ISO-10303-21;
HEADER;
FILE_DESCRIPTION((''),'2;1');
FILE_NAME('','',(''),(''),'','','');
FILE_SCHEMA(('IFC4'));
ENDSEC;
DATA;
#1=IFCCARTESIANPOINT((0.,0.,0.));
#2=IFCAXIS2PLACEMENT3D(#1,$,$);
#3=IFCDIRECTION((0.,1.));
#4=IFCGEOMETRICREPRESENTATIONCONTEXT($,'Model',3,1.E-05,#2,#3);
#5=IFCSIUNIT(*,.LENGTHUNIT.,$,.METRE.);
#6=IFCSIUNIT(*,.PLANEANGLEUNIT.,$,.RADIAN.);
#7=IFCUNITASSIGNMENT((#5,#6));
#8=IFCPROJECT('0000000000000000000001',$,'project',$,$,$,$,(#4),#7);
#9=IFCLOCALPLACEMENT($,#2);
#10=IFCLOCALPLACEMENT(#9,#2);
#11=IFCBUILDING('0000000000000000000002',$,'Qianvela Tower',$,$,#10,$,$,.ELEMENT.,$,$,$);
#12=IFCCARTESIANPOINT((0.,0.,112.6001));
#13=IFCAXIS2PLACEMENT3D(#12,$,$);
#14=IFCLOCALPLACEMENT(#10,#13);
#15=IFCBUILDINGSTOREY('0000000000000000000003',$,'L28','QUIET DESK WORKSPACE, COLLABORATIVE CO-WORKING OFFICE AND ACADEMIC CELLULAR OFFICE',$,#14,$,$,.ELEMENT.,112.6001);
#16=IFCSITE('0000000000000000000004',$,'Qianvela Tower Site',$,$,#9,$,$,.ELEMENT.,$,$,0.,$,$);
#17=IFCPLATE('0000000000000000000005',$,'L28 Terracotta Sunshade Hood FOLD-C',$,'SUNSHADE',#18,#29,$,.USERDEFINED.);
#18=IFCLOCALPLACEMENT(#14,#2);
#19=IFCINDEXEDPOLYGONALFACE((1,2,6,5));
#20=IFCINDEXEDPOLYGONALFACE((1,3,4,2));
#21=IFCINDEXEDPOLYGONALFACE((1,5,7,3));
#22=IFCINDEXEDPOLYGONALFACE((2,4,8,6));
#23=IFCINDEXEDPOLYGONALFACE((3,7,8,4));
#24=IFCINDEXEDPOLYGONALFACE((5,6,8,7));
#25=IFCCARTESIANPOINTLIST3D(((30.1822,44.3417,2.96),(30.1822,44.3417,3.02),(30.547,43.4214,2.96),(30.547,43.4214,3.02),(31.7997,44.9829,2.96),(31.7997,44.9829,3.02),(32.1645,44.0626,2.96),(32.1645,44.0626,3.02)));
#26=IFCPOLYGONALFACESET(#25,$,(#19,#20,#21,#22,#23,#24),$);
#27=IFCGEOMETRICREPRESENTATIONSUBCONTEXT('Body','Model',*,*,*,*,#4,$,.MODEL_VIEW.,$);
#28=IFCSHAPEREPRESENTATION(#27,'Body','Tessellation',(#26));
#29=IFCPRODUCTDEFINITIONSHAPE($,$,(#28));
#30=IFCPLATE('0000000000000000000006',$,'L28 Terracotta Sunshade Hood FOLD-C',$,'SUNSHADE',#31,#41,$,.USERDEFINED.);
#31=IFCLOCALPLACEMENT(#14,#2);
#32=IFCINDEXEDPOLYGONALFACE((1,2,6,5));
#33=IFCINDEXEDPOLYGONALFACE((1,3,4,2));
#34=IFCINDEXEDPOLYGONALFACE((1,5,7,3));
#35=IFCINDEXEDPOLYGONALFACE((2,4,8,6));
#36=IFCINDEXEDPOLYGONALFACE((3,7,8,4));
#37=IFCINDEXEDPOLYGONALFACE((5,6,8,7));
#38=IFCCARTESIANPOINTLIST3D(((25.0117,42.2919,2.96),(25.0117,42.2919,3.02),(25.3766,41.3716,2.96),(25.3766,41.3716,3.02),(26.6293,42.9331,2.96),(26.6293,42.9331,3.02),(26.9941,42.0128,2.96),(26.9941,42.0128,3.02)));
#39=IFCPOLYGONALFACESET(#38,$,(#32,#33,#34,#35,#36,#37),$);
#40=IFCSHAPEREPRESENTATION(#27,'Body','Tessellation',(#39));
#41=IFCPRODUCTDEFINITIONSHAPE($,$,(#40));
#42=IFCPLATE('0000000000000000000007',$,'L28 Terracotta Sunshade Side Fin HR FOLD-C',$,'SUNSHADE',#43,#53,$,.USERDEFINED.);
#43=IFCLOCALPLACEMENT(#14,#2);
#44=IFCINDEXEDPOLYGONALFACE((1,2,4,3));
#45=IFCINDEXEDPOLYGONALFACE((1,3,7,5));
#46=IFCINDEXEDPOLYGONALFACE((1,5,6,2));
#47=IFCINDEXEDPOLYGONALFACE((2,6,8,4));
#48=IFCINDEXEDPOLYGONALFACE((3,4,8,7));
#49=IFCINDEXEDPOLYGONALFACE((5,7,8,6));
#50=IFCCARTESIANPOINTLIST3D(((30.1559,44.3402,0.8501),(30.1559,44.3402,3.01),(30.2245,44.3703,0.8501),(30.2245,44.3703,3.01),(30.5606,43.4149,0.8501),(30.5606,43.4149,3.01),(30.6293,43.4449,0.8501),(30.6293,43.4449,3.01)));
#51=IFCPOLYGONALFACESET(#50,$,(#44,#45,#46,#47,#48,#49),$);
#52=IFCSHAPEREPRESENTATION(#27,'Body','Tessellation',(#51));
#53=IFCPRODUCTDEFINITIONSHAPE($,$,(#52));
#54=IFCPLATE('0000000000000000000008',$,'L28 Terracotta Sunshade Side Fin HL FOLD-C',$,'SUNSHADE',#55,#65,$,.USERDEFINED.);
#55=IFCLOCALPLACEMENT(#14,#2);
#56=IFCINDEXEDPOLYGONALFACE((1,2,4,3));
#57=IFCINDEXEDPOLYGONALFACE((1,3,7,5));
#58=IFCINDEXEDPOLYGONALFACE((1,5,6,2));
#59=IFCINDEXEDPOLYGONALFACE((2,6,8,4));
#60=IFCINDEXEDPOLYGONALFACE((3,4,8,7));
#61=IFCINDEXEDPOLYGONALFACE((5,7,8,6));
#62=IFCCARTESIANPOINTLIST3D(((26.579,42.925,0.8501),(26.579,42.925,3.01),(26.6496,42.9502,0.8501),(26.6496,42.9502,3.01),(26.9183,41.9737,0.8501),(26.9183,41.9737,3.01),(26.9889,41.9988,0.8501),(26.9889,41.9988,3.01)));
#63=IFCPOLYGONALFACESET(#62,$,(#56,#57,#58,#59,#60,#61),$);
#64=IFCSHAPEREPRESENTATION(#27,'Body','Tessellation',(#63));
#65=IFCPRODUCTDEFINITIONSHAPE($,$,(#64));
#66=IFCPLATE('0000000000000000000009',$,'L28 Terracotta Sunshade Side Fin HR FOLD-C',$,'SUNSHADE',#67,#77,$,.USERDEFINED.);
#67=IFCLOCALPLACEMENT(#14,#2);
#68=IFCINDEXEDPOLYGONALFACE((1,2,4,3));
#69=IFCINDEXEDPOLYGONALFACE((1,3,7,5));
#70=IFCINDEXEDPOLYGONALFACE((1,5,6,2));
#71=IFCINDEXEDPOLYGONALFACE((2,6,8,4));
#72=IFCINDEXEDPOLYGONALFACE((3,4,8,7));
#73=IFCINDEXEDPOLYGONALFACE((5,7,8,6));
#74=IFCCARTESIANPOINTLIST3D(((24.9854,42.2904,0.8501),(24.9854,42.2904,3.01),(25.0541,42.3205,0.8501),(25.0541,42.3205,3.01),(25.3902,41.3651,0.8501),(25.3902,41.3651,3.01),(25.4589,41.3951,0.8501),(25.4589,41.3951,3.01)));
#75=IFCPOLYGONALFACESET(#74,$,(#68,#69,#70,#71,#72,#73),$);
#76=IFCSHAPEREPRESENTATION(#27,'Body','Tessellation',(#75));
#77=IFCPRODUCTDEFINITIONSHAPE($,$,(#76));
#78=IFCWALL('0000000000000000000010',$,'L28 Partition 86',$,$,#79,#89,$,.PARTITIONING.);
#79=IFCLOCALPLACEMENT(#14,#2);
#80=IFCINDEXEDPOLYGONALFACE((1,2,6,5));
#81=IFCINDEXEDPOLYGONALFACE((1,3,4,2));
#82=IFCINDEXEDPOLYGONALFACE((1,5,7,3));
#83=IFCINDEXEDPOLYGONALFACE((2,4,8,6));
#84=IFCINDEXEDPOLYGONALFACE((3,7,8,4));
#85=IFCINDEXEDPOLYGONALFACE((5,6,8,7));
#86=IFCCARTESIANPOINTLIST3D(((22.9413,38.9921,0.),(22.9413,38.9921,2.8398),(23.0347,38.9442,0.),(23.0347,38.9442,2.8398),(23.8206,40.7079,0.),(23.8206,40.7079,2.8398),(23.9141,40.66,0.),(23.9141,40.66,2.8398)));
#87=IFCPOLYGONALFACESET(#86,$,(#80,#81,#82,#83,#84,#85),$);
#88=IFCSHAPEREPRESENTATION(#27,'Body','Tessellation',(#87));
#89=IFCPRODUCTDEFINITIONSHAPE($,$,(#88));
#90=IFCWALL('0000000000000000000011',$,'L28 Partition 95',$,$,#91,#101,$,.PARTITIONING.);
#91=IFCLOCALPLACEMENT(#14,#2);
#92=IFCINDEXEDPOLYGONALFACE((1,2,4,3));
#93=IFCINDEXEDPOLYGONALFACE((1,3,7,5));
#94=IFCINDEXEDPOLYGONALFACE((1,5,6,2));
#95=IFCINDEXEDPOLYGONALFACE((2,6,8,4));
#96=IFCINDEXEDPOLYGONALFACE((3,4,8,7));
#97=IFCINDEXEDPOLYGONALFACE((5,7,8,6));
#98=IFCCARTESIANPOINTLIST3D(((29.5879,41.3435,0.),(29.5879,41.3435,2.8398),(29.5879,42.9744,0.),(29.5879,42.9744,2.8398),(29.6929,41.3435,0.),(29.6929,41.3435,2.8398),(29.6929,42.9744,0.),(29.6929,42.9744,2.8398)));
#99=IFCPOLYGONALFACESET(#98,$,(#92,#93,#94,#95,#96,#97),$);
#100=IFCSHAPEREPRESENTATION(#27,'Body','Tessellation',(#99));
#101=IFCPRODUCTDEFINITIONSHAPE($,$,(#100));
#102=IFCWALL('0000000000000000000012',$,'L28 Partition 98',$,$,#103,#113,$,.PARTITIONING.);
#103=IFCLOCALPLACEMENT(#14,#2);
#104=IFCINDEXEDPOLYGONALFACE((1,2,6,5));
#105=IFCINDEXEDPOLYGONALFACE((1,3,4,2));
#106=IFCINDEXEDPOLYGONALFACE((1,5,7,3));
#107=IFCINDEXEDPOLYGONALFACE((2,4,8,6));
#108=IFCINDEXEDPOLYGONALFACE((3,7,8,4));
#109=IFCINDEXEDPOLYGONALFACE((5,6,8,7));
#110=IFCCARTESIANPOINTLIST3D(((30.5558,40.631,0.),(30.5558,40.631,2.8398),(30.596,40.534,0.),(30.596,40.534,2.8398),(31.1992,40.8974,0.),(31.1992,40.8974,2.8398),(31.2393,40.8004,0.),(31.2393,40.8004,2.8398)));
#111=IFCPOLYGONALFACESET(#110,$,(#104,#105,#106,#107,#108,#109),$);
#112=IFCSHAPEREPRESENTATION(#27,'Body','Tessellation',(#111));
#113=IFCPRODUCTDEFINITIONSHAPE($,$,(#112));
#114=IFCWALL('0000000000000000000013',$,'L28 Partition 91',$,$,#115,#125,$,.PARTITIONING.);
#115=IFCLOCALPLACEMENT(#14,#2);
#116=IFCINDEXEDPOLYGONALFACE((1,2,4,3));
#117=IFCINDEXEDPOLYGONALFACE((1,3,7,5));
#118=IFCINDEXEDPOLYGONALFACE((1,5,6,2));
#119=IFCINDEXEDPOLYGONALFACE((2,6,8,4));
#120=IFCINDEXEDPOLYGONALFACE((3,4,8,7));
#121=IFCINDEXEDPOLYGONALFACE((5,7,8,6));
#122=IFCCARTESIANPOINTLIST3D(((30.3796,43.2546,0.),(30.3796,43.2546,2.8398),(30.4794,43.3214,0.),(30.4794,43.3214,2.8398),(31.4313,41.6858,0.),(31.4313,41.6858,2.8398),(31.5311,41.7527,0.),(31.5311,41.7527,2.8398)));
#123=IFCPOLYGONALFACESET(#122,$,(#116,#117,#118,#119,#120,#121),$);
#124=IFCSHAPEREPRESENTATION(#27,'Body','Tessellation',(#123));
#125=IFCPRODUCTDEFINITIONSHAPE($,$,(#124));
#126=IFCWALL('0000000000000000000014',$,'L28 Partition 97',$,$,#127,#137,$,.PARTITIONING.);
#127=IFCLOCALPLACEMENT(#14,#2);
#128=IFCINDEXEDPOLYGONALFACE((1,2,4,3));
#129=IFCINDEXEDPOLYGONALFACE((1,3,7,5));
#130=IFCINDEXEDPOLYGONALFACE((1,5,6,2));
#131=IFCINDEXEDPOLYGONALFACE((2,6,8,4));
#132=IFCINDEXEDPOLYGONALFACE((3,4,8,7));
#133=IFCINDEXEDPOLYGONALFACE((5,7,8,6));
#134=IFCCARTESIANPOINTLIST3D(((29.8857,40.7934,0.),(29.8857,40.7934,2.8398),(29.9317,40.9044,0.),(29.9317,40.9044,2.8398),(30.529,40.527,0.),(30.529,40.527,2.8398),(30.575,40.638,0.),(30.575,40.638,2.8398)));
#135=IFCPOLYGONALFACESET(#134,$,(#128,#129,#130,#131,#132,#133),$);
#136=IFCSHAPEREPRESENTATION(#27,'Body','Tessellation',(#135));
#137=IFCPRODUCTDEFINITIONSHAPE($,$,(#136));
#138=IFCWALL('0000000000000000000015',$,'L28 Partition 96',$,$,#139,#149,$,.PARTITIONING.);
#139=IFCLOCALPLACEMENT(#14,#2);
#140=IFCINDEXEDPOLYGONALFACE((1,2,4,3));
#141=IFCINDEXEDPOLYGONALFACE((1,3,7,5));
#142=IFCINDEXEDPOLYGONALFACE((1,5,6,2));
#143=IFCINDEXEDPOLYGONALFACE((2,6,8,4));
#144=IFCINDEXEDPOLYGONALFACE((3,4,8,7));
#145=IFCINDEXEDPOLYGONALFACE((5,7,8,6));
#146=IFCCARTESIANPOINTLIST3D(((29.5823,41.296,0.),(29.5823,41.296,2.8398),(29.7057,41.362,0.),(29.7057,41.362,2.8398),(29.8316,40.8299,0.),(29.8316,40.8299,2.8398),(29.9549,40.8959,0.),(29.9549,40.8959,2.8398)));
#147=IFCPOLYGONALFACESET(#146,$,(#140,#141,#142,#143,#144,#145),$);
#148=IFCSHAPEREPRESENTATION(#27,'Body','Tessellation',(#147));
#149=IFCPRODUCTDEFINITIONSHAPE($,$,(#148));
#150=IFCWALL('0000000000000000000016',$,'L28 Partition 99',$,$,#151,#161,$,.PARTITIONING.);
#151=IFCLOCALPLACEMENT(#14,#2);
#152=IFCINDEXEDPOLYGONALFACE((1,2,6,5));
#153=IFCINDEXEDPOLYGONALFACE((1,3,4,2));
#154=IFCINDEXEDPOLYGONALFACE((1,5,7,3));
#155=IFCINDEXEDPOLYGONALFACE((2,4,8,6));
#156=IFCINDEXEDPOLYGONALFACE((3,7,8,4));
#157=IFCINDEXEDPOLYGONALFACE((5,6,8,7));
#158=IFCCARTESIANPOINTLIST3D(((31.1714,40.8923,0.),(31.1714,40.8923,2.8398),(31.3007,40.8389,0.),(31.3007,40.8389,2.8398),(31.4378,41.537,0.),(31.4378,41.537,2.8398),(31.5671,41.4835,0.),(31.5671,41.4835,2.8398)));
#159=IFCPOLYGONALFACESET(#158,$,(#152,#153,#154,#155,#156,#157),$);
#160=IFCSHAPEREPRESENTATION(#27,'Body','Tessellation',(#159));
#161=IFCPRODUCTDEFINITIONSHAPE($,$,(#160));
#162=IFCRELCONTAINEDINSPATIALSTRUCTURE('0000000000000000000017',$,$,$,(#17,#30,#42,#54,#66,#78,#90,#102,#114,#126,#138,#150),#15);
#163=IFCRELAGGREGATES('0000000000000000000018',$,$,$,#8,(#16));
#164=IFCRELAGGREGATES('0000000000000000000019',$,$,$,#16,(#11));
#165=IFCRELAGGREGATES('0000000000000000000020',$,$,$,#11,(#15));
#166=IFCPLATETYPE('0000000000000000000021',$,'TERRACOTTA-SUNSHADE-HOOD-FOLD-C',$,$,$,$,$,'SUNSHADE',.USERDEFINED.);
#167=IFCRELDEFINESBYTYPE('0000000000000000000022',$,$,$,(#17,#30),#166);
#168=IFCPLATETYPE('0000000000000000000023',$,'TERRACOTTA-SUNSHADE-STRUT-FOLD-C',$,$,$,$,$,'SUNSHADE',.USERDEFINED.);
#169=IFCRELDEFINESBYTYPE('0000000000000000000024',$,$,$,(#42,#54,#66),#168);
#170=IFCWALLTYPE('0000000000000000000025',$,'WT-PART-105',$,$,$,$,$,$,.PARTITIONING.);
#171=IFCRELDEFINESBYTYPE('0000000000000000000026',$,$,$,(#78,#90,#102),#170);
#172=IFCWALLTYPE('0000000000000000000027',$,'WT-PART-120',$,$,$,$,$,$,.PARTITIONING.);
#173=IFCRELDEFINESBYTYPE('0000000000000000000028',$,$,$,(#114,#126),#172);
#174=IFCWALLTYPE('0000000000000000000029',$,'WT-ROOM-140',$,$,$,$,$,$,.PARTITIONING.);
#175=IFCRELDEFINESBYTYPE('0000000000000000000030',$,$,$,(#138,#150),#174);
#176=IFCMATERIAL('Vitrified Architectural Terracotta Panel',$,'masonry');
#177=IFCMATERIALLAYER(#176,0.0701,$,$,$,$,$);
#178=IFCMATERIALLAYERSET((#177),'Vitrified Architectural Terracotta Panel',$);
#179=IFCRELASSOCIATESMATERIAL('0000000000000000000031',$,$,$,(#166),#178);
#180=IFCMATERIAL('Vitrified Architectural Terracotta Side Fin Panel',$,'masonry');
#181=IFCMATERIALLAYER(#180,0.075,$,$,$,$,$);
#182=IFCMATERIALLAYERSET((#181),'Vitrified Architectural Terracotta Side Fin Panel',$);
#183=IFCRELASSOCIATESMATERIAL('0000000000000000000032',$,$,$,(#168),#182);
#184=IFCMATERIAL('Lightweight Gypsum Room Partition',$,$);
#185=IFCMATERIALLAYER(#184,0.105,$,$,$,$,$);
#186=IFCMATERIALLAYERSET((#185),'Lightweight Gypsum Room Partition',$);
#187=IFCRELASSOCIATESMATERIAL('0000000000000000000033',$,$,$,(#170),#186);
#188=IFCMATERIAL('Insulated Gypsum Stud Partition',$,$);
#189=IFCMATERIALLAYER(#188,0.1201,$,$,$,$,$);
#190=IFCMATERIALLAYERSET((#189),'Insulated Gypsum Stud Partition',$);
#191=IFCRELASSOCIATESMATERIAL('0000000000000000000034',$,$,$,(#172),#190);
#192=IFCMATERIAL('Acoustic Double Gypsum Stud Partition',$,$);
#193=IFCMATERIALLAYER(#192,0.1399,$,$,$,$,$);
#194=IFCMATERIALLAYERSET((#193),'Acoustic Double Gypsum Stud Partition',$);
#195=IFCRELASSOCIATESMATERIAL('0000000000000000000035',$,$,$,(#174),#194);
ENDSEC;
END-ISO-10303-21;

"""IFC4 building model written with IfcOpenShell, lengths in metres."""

from ifc_helpers import new_model, si_unit, direction, frame, frame_2d, origin, origin_2d, place, context, subcontext, project, spatial, rectangle, extrude, material, layer, layer_set, type_object, element, save


model = new_model("IFC4")

# Units and contexts
model_context = context("Model", 3, precision=1e-05, world=origin(), true_north=direction((0.0, 1.0)))
body_context = subcontext(model_context, "Body", "Model", "MODEL_VIEW")
ifc_project = project(units=[si_unit("LENGTHUNIT", "METRE"), si_unit("PLANEANGLEUNIT", "RADIAN")], contexts=[model_context])

# Site, building, storey
site_placement = place(None, origin())
site = spatial("IfcSite", under=ifc_project, at=site_placement, Name="Qianvela Tower Site", CompositionType="ELEMENT", RefElevation=0.0)
building_placement = place(site_placement, origin())
building = spatial("IfcBuilding", under=site, at=building_placement, Name="Qianvela Tower", CompositionType="ELEMENT")
storey_placement = place(building_placement, frame((0.0, 0.0, 112.6001)))
storey = spatial("IfcBuildingStorey", under=building, at=storey_placement, Name="L28", Description="QUIET DESK WORKSPACE, COLLABORATIVE CO-WORKING OFFICE AND ACADEMIC CELLULAR OFFICE", CompositionType="ELEMENT", Elevation=112.6001)

# Plates
ifc_material_1 = material(Name="Vitrified Architectural Terracotta Panel", Category="masonry")
ifc_layer_1 = layer(ifc_material_1, 0.0701)
ifc_layer_set_1 = layer_set([ifc_layer_1], Name="Vitrified Architectural Terracotta Panel")
plate_type_1 = type_object("IfcPlateType", Name="TERRACOTTA-SUNSHADE-HOOD-FOLD-C", ElementType="SUNSHADE", PredefinedType="USERDEFINED", material=ifc_layer_set_1)
for number, where, z_axis, x_axis, name in (
    (1, (31.1733, 44.2021, 2.96), (0.0, 0.0, 1.0), (-0.92961, -0.368545, 0.0), "L28 Terracotta Sunshade Hood FOLD-C"),
    (2, (26.0029, 42.1523, 2.96), (0.0, 0.0, 1.0), (-0.92961, -0.368545, 0.0), "L28 Terracotta Sunshade Hood FOLD-C"),
):
    element("IfcPlate", number, at=place(storey_placement, frame(where, z_axis=z_axis, x_axis=x_axis)), inside=storey, type_object=plate_type_1, Name=name, ObjectType="SUNSHADE", PredefinedType="USERDEFINED", context=body_context, shape_type="SweptSolid", body=[
        extrude(rectangle(XDim=1.74, YDim=0.99, at=origin_2d()), origin(), (0.0, 0.0, 1.0), 0.0601),
    ])
ifc_material_2 = material(Name="Vitrified Architectural Terracotta Side Fin Panel", Category="masonry")
ifc_layer_2 = layer(ifc_material_2, 0.075)
ifc_layer_set_2 = layer_set([ifc_layer_2], Name="Vitrified Architectural Terracotta Side Fin Panel")
plate_type_2 = type_object("IfcPlateType", Name="TERRACOTTA-SUNSHADE-STRUT-FOLD-C", ElementType="SUNSHADE", PredefinedType="USERDEFINED", material=ifc_layer_set_2)
for number, where, z_axis, x_axis, name in (
    (3, (30.3926, 43.8926, 0.8501), (0.0, 0.0, 1.0), (-0.916182, -0.400763, 0.0), "L28 Terracotta Sunshade Side Fin HR FOLD-C"),
    (4, (26.7839, 42.4619, 0.8501), (0.0, 0.0, 1.0), (-0.941906, -0.335877, 0.0), "L28 Terracotta Sunshade Side Fin HL FOLD-C"),
    (5, (25.2222, 41.8428, 0.8501), (0.0, 0.0, 1.0), (-0.916182, -0.400763, 0.0), "L28 Terracotta Sunshade Side Fin HR FOLD-C"),
):
    element("IfcPlate", number, at=place(storey_placement, frame(where, z_axis=z_axis, x_axis=x_axis)), inside=storey, type_object=plate_type_2, Name=name, ObjectType="SUNSHADE", PredefinedType="USERDEFINED", context=body_context, shape_type="SweptSolid", body=[
        extrude(rectangle(XDim=0.075, YDim=1.01, at=origin_2d()), origin(), (0.0, 0.0, 1.0), 2.1599),
    ])

# Walls
ifc_material_3 = material(Name="Lightweight Gypsum Room Partition")
ifc_layer_3 = layer(ifc_material_3, 0.105)
ifc_layer_set_3 = layer_set([ifc_layer_3], Name="Lightweight Gypsum Room Partition")
wall_type_1 = type_object("IfcWallType", Name="WT-PART-105", PredefinedType="PARTITIONING", material=ifc_layer_set_3)
wall_1_placement = place(storey_placement, frame((22.988, 38.9683, 0.0), z_axis=(0.0, 0.0, 1.0), x_axis=(0.456106, 0.889926, 0.0)))
element("IfcWall", 6, at=wall_1_placement, inside=storey, type_object=wall_type_1, Name="L28 Partition 86", PredefinedType="PARTITIONING", context=body_context, shape_type="SweptSolid", body=[
    extrude(rectangle(XDim=1.928, YDim=0.105, at=frame_2d((0.9639, 0.0))), origin(), (0.0, 0.0, 1.0), 2.8398),
])
wall_2_placement = place(storey_placement, frame((29.6404, 42.9744, 0.0), z_axis=(0.0, 0.0, 1.0), x_axis=(0.0, -1.0, 0.0)))
element("IfcWall", 7, at=wall_2_placement, inside=storey, type_object=wall_type_1, Name="L28 Partition 95", PredefinedType="PARTITIONING", context=body_context, shape_type="SweptSolid", body=[
    extrude(rectangle(XDim=1.6309, YDim=0.105, at=frame_2d((0.8154, 0.0))), origin(), (0.0, 0.0, 1.0), 2.8398),
])
wall_3_placement = place(storey_placement, frame((30.5759, 40.5825, 0.0), z_axis=(0.0, 0.0, 1.0), x_axis=(0.923936, 0.382548, 0.0)))
element("IfcWall", 8, at=wall_3_placement, inside=storey, type_object=wall_type_1, Name="L28 Partition 98", PredefinedType="PARTITIONING", context=body_context, shape_type="SweptSolid", body=[
    extrude(rectangle(XDim=0.6963, YDim=0.105, at=frame_2d((0.3481, 0.0))), origin(), (0.0, 0.0, 1.0), 2.8398),
])
ifc_material_4 = material(Name="Insulated Gypsum Stud Partition")
ifc_layer_4 = layer(ifc_material_4, 0.1201)
ifc_layer_set_4 = layer_set([ifc_layer_4], Name="Insulated Gypsum Stud Partition")
wall_type_2 = type_object("IfcWallType", Name="WT-PART-120", PredefinedType="PARTITIONING", material=ifc_layer_set_4)
wall_4_placement = place(storey_placement, frame((31.4812, 41.7192, 0.0), z_axis=(0.0, 0.0, 1.0), x_axis=(-0.556846, 0.830616, 0.0)))
element("IfcWall", 9, at=wall_4_placement, inside=storey, type_object=wall_type_2, Name="L28 Partition 91", PredefinedType="PARTITIONING", context=body_context, shape_type="SweptSolid", body=[
    extrude(rectangle(XDim=1.8887, YDim=0.1201, at=frame_2d((0.9443, 0.0))), origin(), (0.0, 0.0, 1.0), 2.8398),
])
wall_5_placement = place(storey_placement, frame((29.9087, 40.8489, 0.0), z_axis=(0.0, 0.0, 1.0), x_axis=(0.923936, -0.382548, 0.0)))
element("IfcWall", 10, at=wall_5_placement, inside=storey, type_object=wall_type_2, Name="L28 Partition 97", PredefinedType="PARTITIONING", context=body_context, shape_type="SweptSolid", body=[
    extrude(rectangle(XDim=0.6963, YDim=0.1201, at=frame_2d((0.3481, 0.0))), origin(), (0.0, 0.0, 1.0), 2.8398),
])
ifc_material_5 = material(Name="Acoustic Double Gypsum Stud Partition")
ifc_layer_5 = layer(ifc_material_5, 0.1399)
ifc_layer_set_5 = layer_set([ifc_layer_5], Name="Acoustic Double Gypsum Stud Partition")
wall_type_3 = type_object("IfcWallType", Name="WT-ROOM-140", PredefinedType="PARTITIONING", material=ifc_layer_set_5)
wall_6_placement = place(storey_placement, frame((29.644, 41.3289, 0.0), z_axis=(0.0, 0.0, 1.0), x_axis=(0.471619, -0.881803, 0.0)))
element("IfcWall", 11, at=wall_6_placement, inside=storey, type_object=wall_type_3, Name="L28 Partition 96", PredefinedType="PARTITIONING", context=body_context, shape_type="SweptSolid", body=[
    extrude(rectangle(XDim=0.5286, YDim=0.1399, at=frame_2d((0.2642, 0.0))), origin(), (0.0, 0.0, 1.0), 2.8398),
])
wall_7_placement = place(storey_placement, frame((31.2361, 40.8657, 0.0), z_axis=(0.0, 0.0, 1.0), x_axis=(0.381929, 0.924192, 0.0)))
element("IfcWall", 12, at=wall_7_placement, inside=storey, type_object=wall_type_3, Name="L28 Partition 99", PredefinedType="PARTITIONING", context=body_context, shape_type="SweptSolid", body=[
    extrude(rectangle(XDim=0.6975, YDim=0.1399, at=frame_2d((0.3486, 0.0))), origin(), (0.0, 0.0, 1.0), 2.8398),
])

save(model, "model.ifc")
